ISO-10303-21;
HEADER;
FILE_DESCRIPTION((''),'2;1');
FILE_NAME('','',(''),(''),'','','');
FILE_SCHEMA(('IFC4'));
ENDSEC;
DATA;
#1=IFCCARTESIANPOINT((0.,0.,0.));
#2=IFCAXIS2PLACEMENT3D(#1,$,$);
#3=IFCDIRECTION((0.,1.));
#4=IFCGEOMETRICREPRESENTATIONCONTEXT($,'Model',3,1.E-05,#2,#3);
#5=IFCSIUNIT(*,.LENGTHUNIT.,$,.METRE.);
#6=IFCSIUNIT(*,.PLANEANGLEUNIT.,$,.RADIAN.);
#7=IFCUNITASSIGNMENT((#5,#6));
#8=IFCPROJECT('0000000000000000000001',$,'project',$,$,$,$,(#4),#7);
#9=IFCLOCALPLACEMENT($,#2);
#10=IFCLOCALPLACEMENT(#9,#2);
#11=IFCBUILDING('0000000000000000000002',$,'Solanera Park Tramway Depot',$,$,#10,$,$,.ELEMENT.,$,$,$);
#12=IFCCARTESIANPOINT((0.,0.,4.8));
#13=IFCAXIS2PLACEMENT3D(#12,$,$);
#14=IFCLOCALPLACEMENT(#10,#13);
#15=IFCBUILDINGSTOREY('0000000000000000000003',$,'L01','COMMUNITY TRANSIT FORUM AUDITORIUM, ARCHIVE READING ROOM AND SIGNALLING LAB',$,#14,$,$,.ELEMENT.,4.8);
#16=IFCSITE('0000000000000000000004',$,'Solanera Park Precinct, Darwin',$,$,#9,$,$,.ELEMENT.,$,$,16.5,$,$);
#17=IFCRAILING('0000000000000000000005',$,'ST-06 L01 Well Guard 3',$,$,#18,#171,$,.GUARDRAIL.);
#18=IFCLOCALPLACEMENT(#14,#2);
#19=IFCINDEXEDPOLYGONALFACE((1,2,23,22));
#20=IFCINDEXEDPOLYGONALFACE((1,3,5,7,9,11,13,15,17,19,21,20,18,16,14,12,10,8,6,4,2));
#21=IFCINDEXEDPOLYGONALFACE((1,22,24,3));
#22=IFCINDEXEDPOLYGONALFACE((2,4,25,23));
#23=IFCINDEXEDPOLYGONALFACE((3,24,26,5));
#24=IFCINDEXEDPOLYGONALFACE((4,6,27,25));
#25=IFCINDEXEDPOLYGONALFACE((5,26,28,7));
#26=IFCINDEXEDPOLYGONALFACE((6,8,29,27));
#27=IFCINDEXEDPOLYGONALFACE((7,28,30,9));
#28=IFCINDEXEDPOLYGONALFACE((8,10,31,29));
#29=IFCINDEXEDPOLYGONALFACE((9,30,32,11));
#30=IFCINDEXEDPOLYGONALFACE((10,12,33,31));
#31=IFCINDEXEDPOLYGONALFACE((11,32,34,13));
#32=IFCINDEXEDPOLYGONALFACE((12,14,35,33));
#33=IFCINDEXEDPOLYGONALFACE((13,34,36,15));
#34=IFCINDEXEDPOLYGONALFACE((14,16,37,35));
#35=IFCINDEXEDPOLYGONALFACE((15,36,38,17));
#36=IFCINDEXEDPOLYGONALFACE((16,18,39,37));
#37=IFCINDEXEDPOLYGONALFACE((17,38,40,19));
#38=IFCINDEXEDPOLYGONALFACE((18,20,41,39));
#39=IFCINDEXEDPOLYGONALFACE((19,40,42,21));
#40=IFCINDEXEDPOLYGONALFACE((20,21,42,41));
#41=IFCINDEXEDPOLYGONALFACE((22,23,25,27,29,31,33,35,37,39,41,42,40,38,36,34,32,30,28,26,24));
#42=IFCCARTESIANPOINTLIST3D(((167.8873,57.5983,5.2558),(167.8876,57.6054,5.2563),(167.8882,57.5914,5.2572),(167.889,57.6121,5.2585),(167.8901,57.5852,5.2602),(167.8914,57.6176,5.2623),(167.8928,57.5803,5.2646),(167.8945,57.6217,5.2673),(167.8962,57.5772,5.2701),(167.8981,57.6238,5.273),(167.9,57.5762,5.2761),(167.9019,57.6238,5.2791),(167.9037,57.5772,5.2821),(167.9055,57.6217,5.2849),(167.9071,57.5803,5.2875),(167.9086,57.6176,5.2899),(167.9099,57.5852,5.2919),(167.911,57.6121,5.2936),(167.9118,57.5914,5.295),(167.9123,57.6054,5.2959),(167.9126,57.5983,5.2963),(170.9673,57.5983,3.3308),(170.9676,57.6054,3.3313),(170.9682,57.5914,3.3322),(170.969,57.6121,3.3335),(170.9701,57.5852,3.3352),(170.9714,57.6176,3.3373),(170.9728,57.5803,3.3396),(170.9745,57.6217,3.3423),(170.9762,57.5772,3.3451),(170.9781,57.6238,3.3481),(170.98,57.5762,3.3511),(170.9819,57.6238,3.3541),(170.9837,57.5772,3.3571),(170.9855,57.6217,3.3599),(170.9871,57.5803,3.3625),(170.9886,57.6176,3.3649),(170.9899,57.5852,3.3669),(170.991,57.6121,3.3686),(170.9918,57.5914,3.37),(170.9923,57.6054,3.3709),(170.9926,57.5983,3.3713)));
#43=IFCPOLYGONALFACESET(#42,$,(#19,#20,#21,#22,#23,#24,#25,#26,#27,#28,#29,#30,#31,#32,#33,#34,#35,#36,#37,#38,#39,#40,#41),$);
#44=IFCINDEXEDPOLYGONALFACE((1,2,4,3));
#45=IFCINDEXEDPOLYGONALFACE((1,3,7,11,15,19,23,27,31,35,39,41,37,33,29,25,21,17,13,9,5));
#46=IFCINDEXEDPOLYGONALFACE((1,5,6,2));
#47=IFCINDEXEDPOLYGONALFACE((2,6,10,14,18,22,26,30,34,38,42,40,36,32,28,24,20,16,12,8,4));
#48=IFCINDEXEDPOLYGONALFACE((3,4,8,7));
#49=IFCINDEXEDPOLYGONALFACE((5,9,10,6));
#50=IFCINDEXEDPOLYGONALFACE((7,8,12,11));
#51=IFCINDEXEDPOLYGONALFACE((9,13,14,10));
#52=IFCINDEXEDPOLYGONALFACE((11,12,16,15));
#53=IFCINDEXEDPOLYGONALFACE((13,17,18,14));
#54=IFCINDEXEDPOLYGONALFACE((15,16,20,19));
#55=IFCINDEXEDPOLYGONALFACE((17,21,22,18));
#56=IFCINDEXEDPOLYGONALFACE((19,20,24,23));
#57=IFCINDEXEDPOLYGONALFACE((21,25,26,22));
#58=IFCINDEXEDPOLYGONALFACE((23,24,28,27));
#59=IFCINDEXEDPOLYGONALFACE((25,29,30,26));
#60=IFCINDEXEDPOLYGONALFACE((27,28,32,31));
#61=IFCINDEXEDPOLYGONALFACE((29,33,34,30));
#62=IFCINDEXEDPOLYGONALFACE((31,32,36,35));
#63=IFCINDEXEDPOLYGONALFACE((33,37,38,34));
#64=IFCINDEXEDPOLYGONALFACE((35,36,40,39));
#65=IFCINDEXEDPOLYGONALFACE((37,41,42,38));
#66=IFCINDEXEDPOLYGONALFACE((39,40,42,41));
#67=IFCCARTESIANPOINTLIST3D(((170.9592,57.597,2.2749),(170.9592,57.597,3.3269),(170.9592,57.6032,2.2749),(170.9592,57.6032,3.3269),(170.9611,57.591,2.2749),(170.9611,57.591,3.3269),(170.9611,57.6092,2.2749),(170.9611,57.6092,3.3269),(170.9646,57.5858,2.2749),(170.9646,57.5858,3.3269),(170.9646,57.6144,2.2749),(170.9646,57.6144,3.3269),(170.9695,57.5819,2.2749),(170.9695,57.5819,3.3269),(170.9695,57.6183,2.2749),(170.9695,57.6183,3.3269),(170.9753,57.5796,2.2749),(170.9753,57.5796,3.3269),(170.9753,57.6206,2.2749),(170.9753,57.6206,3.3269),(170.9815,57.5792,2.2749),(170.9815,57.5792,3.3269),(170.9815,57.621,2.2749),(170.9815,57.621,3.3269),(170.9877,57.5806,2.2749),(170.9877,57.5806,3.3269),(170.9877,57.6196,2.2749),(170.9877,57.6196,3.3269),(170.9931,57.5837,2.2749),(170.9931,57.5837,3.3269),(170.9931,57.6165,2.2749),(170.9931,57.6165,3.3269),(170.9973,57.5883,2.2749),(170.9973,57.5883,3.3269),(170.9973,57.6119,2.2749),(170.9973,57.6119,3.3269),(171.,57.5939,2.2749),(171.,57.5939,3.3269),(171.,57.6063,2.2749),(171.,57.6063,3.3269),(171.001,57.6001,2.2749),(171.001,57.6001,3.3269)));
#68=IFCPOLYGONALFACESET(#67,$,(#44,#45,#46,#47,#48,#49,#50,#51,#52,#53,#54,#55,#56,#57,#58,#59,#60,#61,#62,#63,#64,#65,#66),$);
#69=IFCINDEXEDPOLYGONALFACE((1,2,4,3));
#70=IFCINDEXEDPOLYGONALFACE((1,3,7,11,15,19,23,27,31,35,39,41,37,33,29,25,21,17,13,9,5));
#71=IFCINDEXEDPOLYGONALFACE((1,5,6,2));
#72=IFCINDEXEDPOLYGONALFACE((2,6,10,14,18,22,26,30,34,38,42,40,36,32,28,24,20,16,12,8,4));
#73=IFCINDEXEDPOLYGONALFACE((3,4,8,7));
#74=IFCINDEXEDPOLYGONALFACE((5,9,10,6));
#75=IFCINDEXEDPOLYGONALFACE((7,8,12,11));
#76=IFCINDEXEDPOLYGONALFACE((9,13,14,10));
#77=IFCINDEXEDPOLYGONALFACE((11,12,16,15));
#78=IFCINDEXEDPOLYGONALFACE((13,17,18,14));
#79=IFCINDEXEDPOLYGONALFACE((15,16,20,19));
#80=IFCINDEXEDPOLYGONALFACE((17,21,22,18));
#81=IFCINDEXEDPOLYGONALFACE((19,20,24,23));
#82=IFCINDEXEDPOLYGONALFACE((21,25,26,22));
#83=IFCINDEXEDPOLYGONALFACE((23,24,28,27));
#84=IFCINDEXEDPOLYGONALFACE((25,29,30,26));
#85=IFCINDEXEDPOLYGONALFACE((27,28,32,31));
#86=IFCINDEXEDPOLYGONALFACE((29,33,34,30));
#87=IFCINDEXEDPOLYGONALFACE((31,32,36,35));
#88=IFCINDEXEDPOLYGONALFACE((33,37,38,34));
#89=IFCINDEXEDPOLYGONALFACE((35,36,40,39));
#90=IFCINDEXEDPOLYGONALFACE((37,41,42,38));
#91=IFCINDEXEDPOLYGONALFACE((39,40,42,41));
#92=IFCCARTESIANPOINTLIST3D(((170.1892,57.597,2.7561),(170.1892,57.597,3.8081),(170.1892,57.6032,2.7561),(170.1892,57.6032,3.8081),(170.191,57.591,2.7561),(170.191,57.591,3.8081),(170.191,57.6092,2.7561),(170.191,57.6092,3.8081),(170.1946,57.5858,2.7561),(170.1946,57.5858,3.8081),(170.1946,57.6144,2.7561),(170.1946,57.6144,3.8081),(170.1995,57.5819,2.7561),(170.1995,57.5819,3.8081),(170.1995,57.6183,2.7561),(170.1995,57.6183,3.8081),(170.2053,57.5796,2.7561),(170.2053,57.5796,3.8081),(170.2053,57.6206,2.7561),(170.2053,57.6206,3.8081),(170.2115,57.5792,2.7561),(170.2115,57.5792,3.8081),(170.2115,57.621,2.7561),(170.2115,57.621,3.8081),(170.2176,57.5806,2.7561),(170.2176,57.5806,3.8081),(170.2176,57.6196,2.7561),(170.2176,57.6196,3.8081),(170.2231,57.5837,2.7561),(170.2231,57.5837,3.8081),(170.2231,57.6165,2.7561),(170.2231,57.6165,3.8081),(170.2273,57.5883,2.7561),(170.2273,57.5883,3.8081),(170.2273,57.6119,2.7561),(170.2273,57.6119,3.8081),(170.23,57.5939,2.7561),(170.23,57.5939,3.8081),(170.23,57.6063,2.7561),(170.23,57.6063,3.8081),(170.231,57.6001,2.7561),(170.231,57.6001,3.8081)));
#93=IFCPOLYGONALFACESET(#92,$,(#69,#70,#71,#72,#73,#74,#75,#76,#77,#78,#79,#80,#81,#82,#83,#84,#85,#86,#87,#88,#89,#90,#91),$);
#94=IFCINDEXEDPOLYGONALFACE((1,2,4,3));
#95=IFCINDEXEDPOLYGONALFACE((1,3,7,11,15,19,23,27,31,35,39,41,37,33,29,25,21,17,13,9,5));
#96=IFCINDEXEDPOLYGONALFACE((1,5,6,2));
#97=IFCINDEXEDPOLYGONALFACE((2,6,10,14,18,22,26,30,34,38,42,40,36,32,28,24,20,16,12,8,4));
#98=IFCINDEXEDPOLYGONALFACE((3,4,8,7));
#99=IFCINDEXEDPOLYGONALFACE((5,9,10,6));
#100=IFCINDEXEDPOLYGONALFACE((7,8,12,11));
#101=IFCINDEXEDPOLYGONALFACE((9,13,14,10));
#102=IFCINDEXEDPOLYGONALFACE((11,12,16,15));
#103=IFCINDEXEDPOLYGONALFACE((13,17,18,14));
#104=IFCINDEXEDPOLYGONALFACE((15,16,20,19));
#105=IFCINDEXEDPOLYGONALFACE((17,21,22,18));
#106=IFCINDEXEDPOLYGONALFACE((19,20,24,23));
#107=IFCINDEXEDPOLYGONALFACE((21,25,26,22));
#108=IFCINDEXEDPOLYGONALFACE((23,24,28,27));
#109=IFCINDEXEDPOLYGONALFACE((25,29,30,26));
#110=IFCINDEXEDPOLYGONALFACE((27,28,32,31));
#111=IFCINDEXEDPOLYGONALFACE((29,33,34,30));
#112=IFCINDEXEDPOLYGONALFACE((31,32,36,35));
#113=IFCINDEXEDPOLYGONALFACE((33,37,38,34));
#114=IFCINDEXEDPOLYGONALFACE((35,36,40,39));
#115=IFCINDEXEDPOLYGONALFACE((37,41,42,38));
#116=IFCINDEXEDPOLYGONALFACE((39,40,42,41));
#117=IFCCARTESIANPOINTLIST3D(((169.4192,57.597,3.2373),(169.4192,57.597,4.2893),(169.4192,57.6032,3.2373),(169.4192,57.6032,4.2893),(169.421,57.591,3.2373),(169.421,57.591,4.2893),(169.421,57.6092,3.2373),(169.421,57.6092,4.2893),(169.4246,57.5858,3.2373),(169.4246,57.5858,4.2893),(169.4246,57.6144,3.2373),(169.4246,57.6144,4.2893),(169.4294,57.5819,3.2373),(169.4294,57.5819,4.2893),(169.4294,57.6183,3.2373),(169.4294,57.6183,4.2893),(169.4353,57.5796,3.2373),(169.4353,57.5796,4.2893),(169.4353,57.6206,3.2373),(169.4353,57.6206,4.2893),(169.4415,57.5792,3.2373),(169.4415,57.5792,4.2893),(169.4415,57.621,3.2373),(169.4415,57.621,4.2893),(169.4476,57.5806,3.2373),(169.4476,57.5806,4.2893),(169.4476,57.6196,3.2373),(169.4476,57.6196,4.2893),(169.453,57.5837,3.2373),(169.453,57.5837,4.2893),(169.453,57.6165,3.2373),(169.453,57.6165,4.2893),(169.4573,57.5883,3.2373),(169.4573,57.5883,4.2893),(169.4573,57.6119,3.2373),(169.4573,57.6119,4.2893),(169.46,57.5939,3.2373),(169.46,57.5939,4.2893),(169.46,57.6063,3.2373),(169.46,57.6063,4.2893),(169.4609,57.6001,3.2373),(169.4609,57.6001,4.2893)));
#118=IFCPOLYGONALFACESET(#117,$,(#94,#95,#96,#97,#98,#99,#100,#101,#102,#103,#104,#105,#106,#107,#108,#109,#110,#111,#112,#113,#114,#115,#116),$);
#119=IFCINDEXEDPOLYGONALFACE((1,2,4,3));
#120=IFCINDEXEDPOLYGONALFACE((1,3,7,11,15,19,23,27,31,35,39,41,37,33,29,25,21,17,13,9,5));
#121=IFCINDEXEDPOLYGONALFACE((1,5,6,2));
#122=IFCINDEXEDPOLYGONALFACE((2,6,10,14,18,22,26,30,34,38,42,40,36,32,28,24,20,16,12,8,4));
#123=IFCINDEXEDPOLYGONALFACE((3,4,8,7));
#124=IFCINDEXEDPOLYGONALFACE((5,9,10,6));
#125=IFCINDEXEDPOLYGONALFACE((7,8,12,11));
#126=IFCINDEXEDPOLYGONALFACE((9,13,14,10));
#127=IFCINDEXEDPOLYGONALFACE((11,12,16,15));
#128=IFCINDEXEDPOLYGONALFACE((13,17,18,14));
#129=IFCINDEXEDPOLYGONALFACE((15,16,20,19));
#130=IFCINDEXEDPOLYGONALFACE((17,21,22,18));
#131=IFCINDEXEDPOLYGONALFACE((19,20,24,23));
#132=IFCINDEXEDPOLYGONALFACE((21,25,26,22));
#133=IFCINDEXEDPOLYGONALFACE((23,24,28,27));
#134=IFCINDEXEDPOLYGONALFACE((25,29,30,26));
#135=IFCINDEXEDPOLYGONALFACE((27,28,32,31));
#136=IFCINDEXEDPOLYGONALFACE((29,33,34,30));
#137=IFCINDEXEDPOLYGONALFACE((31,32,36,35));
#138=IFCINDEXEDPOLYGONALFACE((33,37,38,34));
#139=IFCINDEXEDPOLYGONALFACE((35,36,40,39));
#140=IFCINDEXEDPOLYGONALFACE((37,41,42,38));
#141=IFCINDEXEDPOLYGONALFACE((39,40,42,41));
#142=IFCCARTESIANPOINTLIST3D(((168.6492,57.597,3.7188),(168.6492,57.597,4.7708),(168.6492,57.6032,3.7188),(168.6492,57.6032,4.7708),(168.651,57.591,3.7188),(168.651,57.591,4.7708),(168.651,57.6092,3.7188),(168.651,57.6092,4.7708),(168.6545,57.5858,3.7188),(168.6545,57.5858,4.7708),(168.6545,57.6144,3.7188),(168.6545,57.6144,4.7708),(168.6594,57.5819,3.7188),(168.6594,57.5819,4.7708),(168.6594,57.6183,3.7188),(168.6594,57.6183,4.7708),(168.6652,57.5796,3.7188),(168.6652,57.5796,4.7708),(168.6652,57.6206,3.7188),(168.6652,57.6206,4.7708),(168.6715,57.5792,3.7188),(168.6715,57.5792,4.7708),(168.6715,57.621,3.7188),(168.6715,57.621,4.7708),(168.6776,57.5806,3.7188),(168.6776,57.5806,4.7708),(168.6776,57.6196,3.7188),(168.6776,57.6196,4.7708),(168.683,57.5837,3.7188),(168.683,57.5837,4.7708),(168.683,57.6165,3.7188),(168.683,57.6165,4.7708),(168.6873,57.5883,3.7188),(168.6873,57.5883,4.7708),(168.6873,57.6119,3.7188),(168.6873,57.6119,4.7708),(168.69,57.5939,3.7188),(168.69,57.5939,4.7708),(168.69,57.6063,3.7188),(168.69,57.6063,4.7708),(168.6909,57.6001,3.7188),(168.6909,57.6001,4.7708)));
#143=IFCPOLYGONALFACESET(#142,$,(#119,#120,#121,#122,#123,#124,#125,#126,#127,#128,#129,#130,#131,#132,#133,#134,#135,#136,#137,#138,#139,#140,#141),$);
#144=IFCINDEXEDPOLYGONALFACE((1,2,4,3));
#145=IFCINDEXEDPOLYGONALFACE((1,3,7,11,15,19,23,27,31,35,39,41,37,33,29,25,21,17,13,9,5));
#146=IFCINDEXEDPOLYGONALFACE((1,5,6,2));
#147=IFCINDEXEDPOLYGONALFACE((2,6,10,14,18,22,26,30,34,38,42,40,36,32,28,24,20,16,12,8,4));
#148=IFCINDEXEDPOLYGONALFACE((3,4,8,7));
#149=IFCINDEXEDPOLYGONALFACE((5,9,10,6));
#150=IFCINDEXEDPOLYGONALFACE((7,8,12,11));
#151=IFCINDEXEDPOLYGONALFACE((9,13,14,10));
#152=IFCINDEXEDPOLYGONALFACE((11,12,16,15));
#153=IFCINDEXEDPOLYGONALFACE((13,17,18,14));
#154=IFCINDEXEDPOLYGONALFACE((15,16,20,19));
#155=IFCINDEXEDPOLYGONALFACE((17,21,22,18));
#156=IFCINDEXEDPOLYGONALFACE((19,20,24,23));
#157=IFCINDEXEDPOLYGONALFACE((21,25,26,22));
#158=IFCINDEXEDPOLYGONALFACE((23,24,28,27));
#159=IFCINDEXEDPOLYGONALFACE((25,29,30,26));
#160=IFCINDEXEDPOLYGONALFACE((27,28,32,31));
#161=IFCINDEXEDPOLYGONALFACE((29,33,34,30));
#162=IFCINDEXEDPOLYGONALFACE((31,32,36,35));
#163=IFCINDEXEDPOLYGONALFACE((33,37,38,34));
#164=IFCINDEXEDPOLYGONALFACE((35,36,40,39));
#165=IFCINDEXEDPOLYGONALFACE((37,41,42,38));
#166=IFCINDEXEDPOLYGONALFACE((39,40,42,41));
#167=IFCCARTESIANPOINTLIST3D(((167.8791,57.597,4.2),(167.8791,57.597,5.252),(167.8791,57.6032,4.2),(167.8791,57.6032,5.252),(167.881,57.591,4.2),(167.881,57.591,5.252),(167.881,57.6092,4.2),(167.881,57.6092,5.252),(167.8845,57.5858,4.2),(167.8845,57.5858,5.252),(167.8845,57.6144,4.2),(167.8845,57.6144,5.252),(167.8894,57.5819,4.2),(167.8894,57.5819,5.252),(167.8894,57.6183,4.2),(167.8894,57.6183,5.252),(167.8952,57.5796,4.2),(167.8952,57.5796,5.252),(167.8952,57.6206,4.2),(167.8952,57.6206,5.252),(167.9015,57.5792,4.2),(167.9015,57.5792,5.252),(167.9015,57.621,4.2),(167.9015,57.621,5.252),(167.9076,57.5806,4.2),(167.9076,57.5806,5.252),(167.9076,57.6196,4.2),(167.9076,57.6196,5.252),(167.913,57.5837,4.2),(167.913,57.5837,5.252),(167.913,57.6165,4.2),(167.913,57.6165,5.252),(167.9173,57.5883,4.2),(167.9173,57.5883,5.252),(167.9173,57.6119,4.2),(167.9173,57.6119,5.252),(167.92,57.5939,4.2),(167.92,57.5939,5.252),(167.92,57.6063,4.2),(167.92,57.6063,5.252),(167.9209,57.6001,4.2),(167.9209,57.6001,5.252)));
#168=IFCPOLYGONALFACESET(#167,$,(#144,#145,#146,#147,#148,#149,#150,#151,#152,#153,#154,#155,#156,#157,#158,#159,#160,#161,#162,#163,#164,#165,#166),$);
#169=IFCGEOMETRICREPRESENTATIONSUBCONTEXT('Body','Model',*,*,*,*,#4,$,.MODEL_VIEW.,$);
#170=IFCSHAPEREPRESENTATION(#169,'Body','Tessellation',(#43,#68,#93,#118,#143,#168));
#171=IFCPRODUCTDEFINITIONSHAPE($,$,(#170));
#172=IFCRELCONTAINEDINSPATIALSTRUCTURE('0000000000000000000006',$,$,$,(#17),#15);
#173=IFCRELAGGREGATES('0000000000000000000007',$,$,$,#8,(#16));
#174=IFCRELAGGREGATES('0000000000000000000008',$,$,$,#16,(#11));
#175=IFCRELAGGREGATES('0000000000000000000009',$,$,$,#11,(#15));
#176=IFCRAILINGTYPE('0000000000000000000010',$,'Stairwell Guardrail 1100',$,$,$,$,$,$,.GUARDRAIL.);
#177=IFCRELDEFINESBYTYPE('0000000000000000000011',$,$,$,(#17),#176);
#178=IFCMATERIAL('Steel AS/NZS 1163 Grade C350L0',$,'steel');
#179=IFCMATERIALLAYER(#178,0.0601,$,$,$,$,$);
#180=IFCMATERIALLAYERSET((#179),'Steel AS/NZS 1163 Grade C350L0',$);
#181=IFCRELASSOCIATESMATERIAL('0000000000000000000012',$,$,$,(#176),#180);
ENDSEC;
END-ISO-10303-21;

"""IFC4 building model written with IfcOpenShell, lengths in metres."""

from ifc_helpers import new_model, si_unit, direction, frame, origin, origin_2d, place, context, subcontext, project, spatial, circle, extrude, material, layer, layer_set, type_object, element, save


model = new_model("IFC4")

# Units and contexts
model_context = context("Model", 3, precision=1e-05, world=origin(), true_north=direction((0.0, 1.0)))
body_context = subcontext(model_context, "Body", "Model", "MODEL_VIEW")
ifc_project = project(units=[si_unit("LENGTHUNIT", "METRE"), si_unit("PLANEANGLEUNIT", "RADIAN")], contexts=[model_context])

# Site, building, storey
site_placement = place(None, origin())
site = spatial("IfcSite", under=ifc_project, at=site_placement, Name="Solanera Park Precinct, Darwin", CompositionType="ELEMENT", RefElevation=16.5)
building_placement = place(site_placement, origin())
building = spatial("IfcBuilding", under=site, at=building_placement, Name="Solanera Park Tramway Depot", CompositionType="ELEMENT")
storey_placement = place(building_placement, frame((0.0, 0.0, 4.8)))
storey = spatial("IfcBuildingStorey", under=building, at=storey_placement, Name="L01", Description="COMMUNITY TRANSIT FORUM AUDITORIUM, ARCHIVE READING ROOM AND SIGNALLING LAB", CompositionType="ELEMENT", Elevation=4.8)

# Railing
ifc_material_1 = material(Name="Steel AS/NZS 1163 Grade C350L0", Category="steel")
ifc_layer_1 = layer(ifc_material_1, 0.0601)
ifc_layer_set_1 = layer_set([ifc_layer_1], Name="Steel AS/NZS 1163 Grade C350L0")
railing_type_1 = type_object("IfcRailingType", Name="Stairwell Guardrail 1100", PredefinedType="GUARDRAIL", material=ifc_layer_set_1)
railing_1_placement = place(storey_placement, frame((170.98, 57.6001, 2.2749)))
element("IfcRailing", 1, at=railing_1_placement, inside=storey, type_object=railing_type_1, Name="ST-06 L01 Well Guard 3", PredefinedType="GUARDRAIL", context=body_context, shape_type="SweptSolid", body=[
    extrude(circle(Radius=0.0239, at=origin_2d()), frame((0.0, 0.0, 1.0762), z_axis=(-0.847998, 0.0, 0.529999), x_axis=(0.0, -1.0, 0.0)), (0.0, 0.0, 1.0), 3.6321),
    extrude(circle(Radius=0.021, at=origin_2d()), origin(), (0.0, 0.0, 1.0), 1.052),
    extrude(circle(Radius=0.021, at=origin_2d()), frame((-0.77, 0.0, 0.4812)), (0.0, 0.0, 1.0), 1.052),
    extrude(circle(Radius=0.021, at=origin_2d()), frame((-1.54, 0.0, 0.9624)), (0.0, 0.0, 1.0), 1.052),
    extrude(circle(Radius=0.021, at=origin_2d()), frame((-2.3101, 0.0, 1.4438)), (0.0, 0.0, 1.0), 1.052),
    extrude(circle(Radius=0.021, at=origin_2d()), frame((-3.0801, 0.0, 1.925)), (0.0, 0.0, 1.0), 1.052),
])

save(model, "model.ifc")
